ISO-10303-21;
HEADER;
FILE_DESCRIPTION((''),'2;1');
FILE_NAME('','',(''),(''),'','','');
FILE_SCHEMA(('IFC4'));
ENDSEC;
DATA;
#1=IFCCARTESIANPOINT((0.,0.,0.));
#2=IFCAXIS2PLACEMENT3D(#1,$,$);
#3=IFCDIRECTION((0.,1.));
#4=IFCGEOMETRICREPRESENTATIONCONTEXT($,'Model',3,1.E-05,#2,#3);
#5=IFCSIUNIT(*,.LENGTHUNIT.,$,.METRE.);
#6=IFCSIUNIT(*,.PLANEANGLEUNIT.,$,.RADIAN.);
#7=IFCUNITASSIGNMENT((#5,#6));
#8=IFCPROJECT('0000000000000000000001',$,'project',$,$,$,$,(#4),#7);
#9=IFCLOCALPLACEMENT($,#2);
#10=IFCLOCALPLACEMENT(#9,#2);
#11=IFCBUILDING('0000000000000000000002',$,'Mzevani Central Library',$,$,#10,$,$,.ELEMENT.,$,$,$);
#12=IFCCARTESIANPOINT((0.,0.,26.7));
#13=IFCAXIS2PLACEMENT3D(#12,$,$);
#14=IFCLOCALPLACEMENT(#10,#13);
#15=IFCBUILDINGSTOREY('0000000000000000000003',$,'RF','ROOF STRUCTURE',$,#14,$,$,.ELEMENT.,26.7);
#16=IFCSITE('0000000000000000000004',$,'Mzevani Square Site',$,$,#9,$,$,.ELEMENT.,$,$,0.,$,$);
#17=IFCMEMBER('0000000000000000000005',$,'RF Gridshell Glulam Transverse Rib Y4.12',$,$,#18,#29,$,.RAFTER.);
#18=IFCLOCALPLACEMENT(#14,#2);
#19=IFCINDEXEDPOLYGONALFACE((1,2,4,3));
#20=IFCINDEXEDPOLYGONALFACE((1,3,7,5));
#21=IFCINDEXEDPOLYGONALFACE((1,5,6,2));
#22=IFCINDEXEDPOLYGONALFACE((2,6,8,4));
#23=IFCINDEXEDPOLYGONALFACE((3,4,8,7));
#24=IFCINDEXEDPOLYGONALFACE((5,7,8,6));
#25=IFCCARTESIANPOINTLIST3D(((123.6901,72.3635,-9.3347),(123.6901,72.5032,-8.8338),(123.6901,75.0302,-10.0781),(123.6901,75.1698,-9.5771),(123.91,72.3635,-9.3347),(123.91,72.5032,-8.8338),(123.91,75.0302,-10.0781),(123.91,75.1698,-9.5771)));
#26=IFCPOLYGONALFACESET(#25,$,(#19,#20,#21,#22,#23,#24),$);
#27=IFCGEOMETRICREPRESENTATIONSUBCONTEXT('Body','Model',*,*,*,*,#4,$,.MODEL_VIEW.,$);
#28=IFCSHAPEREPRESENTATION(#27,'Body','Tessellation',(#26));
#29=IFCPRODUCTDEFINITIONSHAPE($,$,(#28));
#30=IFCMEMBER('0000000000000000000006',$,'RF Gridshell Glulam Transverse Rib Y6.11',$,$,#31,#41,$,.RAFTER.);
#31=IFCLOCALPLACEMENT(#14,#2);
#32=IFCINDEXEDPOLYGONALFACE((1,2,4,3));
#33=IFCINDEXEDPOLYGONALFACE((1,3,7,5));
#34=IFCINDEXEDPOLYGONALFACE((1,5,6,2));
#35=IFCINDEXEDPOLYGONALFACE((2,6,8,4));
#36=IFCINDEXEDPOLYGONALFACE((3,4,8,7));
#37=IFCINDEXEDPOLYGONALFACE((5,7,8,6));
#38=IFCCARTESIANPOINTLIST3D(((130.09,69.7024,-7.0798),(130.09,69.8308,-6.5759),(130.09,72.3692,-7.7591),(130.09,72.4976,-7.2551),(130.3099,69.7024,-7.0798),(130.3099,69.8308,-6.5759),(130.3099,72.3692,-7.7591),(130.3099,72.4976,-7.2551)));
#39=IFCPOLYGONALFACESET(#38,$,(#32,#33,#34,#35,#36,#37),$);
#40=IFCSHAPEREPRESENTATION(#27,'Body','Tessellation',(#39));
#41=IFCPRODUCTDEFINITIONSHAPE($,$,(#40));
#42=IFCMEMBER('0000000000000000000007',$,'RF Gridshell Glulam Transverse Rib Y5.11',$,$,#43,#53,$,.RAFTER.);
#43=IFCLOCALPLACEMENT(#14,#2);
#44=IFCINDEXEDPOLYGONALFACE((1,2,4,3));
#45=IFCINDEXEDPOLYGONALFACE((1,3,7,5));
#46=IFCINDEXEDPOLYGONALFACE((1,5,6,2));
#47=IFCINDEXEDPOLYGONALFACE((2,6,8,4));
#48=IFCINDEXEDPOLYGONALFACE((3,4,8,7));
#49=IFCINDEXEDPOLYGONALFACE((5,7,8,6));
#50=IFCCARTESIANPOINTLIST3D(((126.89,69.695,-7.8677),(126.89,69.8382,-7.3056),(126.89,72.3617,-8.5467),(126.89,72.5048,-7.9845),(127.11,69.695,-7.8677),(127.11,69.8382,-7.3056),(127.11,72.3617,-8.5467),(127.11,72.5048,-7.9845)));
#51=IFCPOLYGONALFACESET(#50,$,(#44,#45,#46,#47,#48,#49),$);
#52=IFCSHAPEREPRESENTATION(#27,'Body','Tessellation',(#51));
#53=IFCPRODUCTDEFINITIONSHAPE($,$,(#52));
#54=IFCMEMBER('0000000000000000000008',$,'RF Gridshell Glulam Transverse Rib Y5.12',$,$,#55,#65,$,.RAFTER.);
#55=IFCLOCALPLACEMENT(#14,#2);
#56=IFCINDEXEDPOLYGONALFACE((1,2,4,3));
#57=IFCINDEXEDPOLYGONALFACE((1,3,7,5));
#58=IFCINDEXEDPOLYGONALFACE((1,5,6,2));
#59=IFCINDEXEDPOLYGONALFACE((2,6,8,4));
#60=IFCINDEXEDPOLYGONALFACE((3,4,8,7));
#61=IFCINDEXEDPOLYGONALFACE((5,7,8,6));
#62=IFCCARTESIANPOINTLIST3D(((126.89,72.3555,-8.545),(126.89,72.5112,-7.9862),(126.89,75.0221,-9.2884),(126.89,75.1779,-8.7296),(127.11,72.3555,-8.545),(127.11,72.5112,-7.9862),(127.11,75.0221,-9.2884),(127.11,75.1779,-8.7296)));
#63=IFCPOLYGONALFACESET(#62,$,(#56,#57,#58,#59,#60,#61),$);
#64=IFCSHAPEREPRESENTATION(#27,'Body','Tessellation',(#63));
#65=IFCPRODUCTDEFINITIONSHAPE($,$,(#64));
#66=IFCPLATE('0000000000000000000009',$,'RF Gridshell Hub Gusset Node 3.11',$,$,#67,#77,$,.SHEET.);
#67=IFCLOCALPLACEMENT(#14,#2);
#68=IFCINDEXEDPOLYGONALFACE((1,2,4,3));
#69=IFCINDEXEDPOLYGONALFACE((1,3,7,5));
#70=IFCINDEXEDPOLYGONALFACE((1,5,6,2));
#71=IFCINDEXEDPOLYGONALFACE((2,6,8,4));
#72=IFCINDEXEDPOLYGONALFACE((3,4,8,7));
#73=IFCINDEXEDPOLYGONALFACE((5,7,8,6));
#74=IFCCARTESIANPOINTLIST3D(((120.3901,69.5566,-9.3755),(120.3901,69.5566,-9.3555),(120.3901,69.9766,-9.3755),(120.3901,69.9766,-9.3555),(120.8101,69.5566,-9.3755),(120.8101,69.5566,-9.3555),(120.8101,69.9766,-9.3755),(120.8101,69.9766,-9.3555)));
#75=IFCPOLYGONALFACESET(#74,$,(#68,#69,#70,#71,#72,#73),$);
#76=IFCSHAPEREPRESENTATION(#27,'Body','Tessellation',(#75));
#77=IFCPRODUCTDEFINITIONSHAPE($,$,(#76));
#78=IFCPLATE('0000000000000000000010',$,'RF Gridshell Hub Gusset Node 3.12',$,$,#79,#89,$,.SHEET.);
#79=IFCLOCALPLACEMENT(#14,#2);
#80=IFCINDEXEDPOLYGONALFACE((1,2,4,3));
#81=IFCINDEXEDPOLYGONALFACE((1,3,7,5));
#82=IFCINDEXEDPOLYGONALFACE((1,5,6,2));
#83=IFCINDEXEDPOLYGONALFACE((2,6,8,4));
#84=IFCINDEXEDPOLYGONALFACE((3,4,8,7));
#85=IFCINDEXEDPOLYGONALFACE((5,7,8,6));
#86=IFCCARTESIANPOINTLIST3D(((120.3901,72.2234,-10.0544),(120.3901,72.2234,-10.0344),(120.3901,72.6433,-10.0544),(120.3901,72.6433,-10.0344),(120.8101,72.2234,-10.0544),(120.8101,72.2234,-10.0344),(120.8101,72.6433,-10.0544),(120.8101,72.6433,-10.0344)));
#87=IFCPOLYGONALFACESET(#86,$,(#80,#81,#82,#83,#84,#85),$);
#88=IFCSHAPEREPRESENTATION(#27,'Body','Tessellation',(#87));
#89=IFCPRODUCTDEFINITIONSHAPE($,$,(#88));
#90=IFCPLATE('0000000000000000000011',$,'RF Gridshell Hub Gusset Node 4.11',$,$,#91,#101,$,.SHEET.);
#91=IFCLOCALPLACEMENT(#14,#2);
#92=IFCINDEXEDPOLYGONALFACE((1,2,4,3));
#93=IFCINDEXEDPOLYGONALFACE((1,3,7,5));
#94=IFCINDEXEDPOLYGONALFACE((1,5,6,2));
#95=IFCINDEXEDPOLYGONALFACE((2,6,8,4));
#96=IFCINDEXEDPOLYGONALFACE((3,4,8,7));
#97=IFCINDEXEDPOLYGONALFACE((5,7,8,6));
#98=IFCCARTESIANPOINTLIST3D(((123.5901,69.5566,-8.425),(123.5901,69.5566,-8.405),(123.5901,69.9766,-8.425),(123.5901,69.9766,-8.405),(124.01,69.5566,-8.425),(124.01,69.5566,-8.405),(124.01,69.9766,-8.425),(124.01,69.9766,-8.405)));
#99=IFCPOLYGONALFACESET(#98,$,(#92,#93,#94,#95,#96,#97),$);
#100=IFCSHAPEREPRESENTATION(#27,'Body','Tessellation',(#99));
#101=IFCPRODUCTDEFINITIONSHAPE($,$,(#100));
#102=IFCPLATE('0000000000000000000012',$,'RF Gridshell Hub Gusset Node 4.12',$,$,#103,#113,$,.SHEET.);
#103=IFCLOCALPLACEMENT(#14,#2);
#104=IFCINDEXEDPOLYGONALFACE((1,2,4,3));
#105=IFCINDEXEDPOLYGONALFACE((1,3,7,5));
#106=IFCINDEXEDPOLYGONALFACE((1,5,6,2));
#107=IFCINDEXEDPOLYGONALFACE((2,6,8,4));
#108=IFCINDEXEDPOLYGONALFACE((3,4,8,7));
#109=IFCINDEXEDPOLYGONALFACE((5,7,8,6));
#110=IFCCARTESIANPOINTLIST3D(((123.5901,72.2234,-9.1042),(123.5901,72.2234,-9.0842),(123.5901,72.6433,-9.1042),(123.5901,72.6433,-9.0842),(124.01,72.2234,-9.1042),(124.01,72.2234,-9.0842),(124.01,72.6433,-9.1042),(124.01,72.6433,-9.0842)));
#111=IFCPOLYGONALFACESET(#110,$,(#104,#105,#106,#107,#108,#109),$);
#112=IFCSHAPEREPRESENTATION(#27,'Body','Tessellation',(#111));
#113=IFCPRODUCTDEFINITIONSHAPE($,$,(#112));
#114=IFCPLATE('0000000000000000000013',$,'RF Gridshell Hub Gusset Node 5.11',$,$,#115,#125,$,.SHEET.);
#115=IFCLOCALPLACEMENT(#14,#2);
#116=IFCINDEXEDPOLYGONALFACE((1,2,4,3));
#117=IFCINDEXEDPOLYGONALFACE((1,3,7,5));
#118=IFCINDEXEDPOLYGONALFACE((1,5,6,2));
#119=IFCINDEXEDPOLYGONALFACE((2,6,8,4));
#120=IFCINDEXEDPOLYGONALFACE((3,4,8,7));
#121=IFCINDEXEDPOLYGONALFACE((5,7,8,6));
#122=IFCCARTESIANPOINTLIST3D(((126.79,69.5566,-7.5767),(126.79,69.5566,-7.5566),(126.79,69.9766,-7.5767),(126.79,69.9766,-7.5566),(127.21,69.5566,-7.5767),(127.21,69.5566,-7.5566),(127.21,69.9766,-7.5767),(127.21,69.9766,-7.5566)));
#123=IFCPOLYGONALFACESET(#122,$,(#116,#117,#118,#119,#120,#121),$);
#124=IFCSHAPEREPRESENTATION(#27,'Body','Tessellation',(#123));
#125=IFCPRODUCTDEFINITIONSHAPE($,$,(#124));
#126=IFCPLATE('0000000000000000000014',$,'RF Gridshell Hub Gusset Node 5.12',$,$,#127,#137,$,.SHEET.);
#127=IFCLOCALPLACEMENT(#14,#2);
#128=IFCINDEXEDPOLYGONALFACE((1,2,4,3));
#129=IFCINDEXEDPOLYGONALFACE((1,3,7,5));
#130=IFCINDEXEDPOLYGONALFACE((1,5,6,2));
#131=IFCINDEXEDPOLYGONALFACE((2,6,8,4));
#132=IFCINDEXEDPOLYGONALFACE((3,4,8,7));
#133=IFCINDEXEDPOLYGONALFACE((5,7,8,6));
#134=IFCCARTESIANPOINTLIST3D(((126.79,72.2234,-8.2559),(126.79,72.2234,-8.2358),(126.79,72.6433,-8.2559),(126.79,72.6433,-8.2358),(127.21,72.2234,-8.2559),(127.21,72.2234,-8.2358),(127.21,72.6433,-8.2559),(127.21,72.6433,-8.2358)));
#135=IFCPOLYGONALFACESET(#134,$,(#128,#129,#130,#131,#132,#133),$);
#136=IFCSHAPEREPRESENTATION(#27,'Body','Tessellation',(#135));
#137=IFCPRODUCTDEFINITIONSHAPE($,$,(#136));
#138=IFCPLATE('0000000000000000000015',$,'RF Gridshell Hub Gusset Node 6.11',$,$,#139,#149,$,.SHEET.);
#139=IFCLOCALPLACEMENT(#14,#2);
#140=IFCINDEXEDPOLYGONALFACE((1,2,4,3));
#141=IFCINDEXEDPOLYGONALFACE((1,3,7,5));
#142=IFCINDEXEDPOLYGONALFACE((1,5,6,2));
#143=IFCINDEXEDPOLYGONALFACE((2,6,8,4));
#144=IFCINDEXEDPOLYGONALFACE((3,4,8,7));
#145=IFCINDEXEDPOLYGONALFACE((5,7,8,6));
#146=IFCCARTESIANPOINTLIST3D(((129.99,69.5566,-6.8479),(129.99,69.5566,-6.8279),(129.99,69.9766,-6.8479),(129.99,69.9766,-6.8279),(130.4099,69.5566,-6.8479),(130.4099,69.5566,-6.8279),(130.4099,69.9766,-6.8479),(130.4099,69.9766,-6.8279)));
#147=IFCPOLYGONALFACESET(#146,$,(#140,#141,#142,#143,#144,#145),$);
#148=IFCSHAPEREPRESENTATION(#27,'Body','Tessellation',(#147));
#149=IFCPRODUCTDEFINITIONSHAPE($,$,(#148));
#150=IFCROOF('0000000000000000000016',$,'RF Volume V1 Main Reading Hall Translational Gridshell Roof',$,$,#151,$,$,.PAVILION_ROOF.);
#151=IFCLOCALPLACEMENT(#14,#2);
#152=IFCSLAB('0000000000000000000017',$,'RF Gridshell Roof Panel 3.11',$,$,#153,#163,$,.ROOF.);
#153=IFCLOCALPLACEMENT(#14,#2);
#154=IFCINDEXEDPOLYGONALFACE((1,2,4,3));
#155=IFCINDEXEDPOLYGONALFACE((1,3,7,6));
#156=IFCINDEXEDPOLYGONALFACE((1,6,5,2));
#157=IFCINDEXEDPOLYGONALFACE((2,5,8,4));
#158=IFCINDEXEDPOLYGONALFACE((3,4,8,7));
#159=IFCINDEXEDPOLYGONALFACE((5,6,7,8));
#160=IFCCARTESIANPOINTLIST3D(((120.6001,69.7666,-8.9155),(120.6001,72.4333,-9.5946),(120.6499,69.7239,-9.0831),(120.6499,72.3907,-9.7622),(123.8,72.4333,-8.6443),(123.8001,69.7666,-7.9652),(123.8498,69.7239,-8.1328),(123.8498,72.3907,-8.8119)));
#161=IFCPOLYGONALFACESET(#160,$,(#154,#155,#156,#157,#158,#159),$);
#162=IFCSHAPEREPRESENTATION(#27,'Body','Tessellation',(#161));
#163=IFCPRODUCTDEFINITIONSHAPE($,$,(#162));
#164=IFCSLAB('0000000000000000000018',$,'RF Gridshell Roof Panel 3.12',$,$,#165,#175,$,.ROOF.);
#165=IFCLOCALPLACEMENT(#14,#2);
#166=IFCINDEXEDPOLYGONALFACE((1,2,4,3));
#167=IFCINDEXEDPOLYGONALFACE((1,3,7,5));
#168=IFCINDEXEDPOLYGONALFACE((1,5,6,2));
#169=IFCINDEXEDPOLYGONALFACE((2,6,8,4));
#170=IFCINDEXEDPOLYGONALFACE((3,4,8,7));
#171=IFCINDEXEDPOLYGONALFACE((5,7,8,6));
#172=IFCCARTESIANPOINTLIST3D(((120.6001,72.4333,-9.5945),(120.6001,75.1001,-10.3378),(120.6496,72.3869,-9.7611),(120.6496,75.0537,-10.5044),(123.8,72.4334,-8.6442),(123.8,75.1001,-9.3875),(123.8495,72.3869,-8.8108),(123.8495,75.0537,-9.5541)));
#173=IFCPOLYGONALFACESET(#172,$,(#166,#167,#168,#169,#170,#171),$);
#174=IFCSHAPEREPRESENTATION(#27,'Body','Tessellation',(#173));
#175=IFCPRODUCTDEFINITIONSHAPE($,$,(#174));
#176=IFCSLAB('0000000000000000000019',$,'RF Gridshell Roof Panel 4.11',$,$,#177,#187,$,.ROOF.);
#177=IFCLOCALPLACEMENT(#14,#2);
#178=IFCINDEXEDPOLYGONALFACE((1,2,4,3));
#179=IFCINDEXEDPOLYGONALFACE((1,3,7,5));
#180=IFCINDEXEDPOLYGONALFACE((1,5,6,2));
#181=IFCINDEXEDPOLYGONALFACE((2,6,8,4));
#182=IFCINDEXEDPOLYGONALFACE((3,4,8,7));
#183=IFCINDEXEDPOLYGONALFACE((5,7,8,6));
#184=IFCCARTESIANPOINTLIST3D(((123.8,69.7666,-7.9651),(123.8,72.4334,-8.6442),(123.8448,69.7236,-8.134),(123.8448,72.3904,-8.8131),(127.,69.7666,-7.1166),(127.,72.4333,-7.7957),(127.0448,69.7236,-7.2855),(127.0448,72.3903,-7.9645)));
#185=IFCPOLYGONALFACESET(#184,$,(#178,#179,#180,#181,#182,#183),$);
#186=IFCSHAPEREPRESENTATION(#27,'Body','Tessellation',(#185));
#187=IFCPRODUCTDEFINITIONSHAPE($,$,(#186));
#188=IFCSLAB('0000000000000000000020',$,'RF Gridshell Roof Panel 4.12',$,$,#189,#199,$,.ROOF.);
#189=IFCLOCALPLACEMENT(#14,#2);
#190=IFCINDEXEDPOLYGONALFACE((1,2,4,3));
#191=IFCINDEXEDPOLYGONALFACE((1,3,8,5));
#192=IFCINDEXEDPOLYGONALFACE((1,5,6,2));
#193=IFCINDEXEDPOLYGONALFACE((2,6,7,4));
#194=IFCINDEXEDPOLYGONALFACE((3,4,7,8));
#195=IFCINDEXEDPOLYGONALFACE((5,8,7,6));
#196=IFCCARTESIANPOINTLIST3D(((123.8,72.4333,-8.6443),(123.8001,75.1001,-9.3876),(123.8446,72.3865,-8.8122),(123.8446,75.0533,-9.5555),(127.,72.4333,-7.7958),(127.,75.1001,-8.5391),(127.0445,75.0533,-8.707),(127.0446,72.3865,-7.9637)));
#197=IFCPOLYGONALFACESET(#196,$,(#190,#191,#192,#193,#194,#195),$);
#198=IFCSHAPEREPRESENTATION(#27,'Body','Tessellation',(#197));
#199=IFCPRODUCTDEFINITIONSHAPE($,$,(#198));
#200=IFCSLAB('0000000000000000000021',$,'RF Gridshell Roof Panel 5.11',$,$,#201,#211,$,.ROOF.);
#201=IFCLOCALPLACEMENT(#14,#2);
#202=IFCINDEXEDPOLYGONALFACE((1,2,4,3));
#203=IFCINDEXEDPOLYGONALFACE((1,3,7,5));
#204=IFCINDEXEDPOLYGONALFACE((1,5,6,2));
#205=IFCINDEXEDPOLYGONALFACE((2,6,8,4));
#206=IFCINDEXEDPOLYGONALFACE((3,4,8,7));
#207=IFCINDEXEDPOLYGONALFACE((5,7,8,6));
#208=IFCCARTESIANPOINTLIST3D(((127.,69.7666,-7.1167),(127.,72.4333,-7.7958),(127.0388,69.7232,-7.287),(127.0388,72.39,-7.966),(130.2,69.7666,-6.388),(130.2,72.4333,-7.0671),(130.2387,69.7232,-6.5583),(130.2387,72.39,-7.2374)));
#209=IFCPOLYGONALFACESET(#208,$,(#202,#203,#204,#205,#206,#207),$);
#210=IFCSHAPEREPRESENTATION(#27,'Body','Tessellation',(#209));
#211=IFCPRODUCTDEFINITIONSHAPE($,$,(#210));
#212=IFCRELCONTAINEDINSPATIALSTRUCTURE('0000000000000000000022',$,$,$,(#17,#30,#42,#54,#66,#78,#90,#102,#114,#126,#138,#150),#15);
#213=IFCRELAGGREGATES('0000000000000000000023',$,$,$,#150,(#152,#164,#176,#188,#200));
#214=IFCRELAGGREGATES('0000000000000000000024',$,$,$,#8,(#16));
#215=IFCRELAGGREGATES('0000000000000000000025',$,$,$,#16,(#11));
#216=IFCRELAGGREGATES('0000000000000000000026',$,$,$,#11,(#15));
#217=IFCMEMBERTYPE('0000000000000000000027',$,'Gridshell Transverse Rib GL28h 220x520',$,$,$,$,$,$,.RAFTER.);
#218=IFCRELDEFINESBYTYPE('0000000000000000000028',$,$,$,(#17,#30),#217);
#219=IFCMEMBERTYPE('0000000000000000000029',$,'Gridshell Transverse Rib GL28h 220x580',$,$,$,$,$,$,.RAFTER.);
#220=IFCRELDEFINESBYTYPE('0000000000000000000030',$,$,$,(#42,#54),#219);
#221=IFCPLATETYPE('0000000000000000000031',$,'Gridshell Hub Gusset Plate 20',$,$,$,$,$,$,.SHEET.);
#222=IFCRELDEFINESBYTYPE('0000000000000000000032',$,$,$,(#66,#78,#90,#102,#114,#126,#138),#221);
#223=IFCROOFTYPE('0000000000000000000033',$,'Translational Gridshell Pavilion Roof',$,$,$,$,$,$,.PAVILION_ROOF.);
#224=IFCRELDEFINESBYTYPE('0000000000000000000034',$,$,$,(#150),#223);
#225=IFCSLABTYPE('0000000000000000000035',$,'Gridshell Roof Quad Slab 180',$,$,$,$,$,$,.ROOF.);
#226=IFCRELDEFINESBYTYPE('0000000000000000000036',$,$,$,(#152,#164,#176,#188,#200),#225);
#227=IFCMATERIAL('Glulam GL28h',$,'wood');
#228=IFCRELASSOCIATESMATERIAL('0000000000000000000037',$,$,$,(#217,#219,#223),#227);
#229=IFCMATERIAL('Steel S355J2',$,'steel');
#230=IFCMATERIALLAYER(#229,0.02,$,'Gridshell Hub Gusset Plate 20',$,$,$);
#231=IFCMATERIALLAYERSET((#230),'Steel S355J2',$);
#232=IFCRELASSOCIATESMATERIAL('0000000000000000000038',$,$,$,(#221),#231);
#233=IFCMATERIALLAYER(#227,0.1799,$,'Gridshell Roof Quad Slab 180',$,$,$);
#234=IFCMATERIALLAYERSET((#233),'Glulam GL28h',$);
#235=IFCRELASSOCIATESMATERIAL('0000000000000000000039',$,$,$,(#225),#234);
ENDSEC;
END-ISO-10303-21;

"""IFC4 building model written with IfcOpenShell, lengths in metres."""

from ifc_helpers import new_model, si_unit, direction, frame, origin, origin_2d, place, context, subcontext, project, spatial, polyline, rectangle, outline, extrude, material, layer, layer_set, material_profile, profile_set, type_object, element, aggregate, save


model = new_model("IFC4")

# Units and contexts
model_context = context("Model", 3, precision=1e-05, world=origin(), true_north=direction((0.0, 1.0)))
body_context = subcontext(model_context, "Body", "Model", "MODEL_VIEW")
ifc_project = project(units=[si_unit("LENGTHUNIT", "METRE"), si_unit("PLANEANGLEUNIT", "RADIAN")], contexts=[model_context])

# Site, building, storey
site_placement = place(None, origin())
site = spatial("IfcSite", under=ifc_project, at=site_placement, Name="Mzevani Square Site", CompositionType="ELEMENT", RefElevation=0.0)
building_placement = place(site_placement, origin())
building = spatial("IfcBuilding", under=site, at=building_placement, Name="Mzevani Central Library", CompositionType="ELEMENT")
storey_placement = place(building_placement, frame((0.0, 0.0, 26.7)))
storey = spatial("IfcBuildingStorey", under=building, at=storey_placement, Name="RF", Description="ROOF STRUCTURE", CompositionType="ELEMENT", Elevation=26.7)

# Members
ifc_material_1 = material(Name="Steel S355J2", Category="steel")
ifc_material_2 = material(Name="Glulam GL28h", Category="wood")
ifc_material_profile_1 = material_profile(ifc_material_2, rectangle(XDim=0.22, YDim=0.52, at=origin_2d()), Name="GL28h 220x520")
ifc_profile_set_1 = profile_set([ifc_material_profile_1], Name="Glulam GL28h")
member_type_1 = type_object("IfcMemberType", Name="Gridshell Transverse Rib GL28h 220x520", PredefinedType="RAFTER", material=ifc_profile_set_1)
member_1_placement = place(storey_placement, frame((123.8, 72.4333, -9.0842), z_axis=(0.0, 0.963271, -0.268531), x_axis=(-1.0, 0.0, 0.0)))
element("IfcMember", 1, at=member_1_placement, inside=storey, type_object=member_type_1, Name="RF Gridshell Glulam Transverse Rib Y4.12", PredefinedType="RAFTER", context=body_context, shape_type="SweptSolid", body=[
    extrude(rectangle(XDim=0.22, YDim=0.52, at=origin_2d()), origin(), (0.0, 0.0, 1.0), 2.7683),
])
member_2_placement = place(storey_placement, frame((130.2, 69.7666, -6.8279), z_axis=(0.0, 0.969063, -0.246813), x_axis=(-1.0, 0.0, 0.0)))
element("IfcMember", 2, at=member_2_placement, inside=storey, type_object=member_type_1, Name="RF Gridshell Glulam Transverse Rib Y6.11", PredefinedType="RAFTER", context=body_context, shape_type="SweptSolid", body=[
    extrude(rectangle(XDim=0.22, YDim=0.52, at=origin_2d()), origin(), (0.0, 0.0, 1.0), 2.752),
])
ifc_material_profile_2 = material_profile(ifc_material_2, rectangle(XDim=0.22, YDim=0.5801, at=origin_2d()), Name="GL28h 220x580")
ifc_profile_set_2 = profile_set([ifc_material_profile_2], Name="Glulam GL28h")
member_type_2 = type_object("IfcMemberType", Name="Gridshell Transverse Rib GL28h 220x580", PredefinedType="RAFTER", material=ifc_profile_set_2)
member_3_placement = place(storey_placement, frame((127.0, 69.7666, -7.5867), z_axis=(0.0, 0.969084, -0.246729), x_axis=(-1.0, 0.0, 0.0)))
element("IfcMember", 3, at=member_3_placement, inside=storey, type_object=member_type_2, Name="RF Gridshell Glulam Transverse Rib Y5.11", PredefinedType="RAFTER", context=body_context, shape_type="SweptSolid", body=[
    extrude(rectangle(XDim=0.22, YDim=0.5801, at=origin_2d()), origin(), (0.0, 0.0, 1.0), 2.7517),
])
member_4_placement = place(storey_placement, frame((127.0, 72.4333, -8.2656), z_axis=(0.0, 0.963271, -0.268531), x_axis=(-1.0, 0.0, 0.0)))
element("IfcMember", 4, at=member_4_placement, inside=storey, type_object=member_type_2, Name="RF Gridshell Glulam Transverse Rib Y5.12", PredefinedType="RAFTER", context=body_context, shape_type="SweptSolid", body=[
    extrude(rectangle(XDim=0.22, YDim=0.5801, at=origin_2d()), origin(), (0.0, 0.0, 1.0), 2.7683),
])

# Plates
ifc_layer_1 = layer(ifc_material_1, 0.02, Name="Gridshell Hub Gusset Plate 20")
ifc_layer_set_1 = layer_set([ifc_layer_1], Name="Steel S355J2")
plate_type = type_object("IfcPlateType", Name="Gridshell Hub Gusset Plate 20", PredefinedType="SHEET", material=ifc_layer_set_1)
for number, where, z_axis, x_axis, name in (
    (5, (120.6001, 69.7666, -9.3755), (0.0, 0.0, 1.0), (1.0, 0.0, 0.0), "RF Gridshell Hub Gusset Node 3.11"),
    (6, (120.6001, 72.4333, -10.0544), (0.0, 0.0, 1.0), (1.0, 0.0, 0.0), "RF Gridshell Hub Gusset Node 3.12"),
    (7, (123.8, 69.7666, -8.425), (0.0, 0.0, 1.0), (1.0, 0.0, 0.0), "RF Gridshell Hub Gusset Node 4.11"),
    (8, (123.8, 72.4333, -9.1042), (0.0, 0.0, 1.0), (1.0, 0.0, 0.0), "RF Gridshell Hub Gusset Node 4.12"),
    (9, (127.0, 69.7666, -7.5767), (0.0, 0.0, 1.0), (1.0, 0.0, 0.0), "RF Gridshell Hub Gusset Node 5.11"),
    (10, (127.0, 72.4333, -8.2559), (0.0, 0.0, 1.0), (1.0, 0.0, 0.0), "RF Gridshell Hub Gusset Node 5.12"),
    (11, (130.2, 69.7666, -6.8479), (0.0, 0.0, 1.0), (1.0, 0.0, 0.0), "RF Gridshell Hub Gusset Node 6.11"),
):
    element("IfcPlate", number, at=place(storey_placement, frame(where, z_axis=z_axis, x_axis=x_axis)), inside=storey, type_object=plate_type, Name=name, PredefinedType="SHEET", context=body_context, shape_type="SweptSolid", body=[
        extrude(rectangle(XDim=0.4199, YDim=0.4199, at=origin_2d()), origin(), (0.0, 0.0, 1.0), 0.02),
    ])

# Roof, slabs
roof_type = type_object("IfcRoofType", Name="Translational Gridshell Pavilion Roof", PredefinedType="PAVILION_ROOF", material=ifc_material_2)
roof_placement = place(storey_placement, origin())
roof = element("IfcRoof", 12, at=roof_placement, inside=storey, type_object=roof_type, Name="RF Volume V1 Main Reading Hall Translational Gridshell Roof", PredefinedType="PAVILION_ROOF")
ifc_layer_2 = layer(ifc_material_2, 0.1799, Name="Gridshell Roof Quad Slab 180")
ifc_layer_set_2 = layer_set([ifc_layer_2], Name="Glulam GL28h")
slab_type = type_object("IfcSlabType", Name="Gridshell Roof Quad Slab 180", PredefinedType="ROOF", material=ifc_layer_set_2)
slab_1_placement = place(storey_placement, frame((120.6001, 69.7666, -8.9155), z_axis=(-0.276569, 0.237145, 0.931274), x_axis=(0.958619, -0.000008, 0.284692)))
slab_1 = element("IfcSlab", 13, at=slab_1_placement, type_object=slab_type, Name="RF Gridshell Roof Panel 3.11", PredefinedType="ROOF", context=body_context, shape_type="SweptSolid", body=[
    extrude(outline(polyline([(0.0, 0.0), (3.3381, 0.0), (3.1447, 2.7451), (-0.1933, 2.745), (0.0, 0.0)])), origin(), (0.0, 0.0, -1.0), 0.1799),
])
slab_2_placement = place(storey_placement, frame((120.6001, 72.4333, -9.5945), z_axis=(-0.275041, 0.258135, 0.926131), x_axis=(0.95862, 0.000009, 0.284687)))
slab_2 = element("IfcSlab", 14, at=slab_2_placement, type_object=slab_type, Name="RF Gridshell Roof Panel 3.12", PredefinedType="ROOF", context=body_context, shape_type="SweptSolid", body=[
    extrude(outline(polyline([(0.0, 0.0), (3.338, 0.0), (3.1265, 2.7603), (-0.2116, 2.7603), (0.0, 0.0)])), origin(), (0.0, 0.0, -1.0), 0.1799),
])
slab_3_placement = place(storey_placement, frame((123.8, 69.7666, -7.9651), z_axis=(-0.248878, 0.239006, 0.938582), x_axis=(0.966596, 0.000008, 0.256304)))
slab_3 = element("IfcSlab", 15, at=slab_3_placement, type_object=slab_type, Name="RF Gridshell Roof Panel 4.11", PredefinedType="ROOF", context=body_context, shape_type="SweptSolid", body=[
    extrude(outline(polyline([(0.0, 0.0), (3.3105, 0.0), (3.1365, 2.7463), (-0.1741, 2.7464), (0.0, 0.0)])), origin(), (0.0, 0.0, -1.0), 0.1799),
])
slab_4_placement = place(storey_placement, frame((123.8, 72.4333, -8.6443), z_axis=(-0.247482, 0.260138, 0.933317), x_axis=(0.966595, -0.000009, 0.256308)))
slab_4 = element("IfcSlab", 16, at=slab_4_placement, type_object=slab_type, Name="RF Gridshell Roof Panel 4.12", PredefinedType="ROOF", context=body_context, shape_type="SweptSolid", body=[
    extrude(outline(polyline([(0.0, 0.0), (3.3106, 0.0), (3.12, 2.7619), (-0.1905, 2.7618), (0.0, 0.0)])), origin(), (0.0, 0.0, -1.0), 0.1799),
])
slab_5_placement = place(storey_placement, frame((127.0, 69.7666, -7.1167), z_axis=(-0.215477, 0.240974, 0.946309), x_axis=(0.975042, -0.000008, 0.222022)))
slab_5 = element("IfcSlab", 17, at=slab_5_placement, type_object=slab_type, Name="RF Gridshell Roof Panel 5.11", PredefinedType="ROOF", context=body_context, shape_type="SweptSolid", body=[
    extrude(outline(polyline([(0.0, 0.0), (3.2819, 0.0), (3.1311, 2.7477), (-0.1508, 2.7477), (0.0, 0.0)])), origin(), (0.0, 0.0, -1.0), 0.1799),
])
aggregate(roof, [slab_1, slab_2, slab_3, slab_4, slab_5])

save(model, "model.ifc")
